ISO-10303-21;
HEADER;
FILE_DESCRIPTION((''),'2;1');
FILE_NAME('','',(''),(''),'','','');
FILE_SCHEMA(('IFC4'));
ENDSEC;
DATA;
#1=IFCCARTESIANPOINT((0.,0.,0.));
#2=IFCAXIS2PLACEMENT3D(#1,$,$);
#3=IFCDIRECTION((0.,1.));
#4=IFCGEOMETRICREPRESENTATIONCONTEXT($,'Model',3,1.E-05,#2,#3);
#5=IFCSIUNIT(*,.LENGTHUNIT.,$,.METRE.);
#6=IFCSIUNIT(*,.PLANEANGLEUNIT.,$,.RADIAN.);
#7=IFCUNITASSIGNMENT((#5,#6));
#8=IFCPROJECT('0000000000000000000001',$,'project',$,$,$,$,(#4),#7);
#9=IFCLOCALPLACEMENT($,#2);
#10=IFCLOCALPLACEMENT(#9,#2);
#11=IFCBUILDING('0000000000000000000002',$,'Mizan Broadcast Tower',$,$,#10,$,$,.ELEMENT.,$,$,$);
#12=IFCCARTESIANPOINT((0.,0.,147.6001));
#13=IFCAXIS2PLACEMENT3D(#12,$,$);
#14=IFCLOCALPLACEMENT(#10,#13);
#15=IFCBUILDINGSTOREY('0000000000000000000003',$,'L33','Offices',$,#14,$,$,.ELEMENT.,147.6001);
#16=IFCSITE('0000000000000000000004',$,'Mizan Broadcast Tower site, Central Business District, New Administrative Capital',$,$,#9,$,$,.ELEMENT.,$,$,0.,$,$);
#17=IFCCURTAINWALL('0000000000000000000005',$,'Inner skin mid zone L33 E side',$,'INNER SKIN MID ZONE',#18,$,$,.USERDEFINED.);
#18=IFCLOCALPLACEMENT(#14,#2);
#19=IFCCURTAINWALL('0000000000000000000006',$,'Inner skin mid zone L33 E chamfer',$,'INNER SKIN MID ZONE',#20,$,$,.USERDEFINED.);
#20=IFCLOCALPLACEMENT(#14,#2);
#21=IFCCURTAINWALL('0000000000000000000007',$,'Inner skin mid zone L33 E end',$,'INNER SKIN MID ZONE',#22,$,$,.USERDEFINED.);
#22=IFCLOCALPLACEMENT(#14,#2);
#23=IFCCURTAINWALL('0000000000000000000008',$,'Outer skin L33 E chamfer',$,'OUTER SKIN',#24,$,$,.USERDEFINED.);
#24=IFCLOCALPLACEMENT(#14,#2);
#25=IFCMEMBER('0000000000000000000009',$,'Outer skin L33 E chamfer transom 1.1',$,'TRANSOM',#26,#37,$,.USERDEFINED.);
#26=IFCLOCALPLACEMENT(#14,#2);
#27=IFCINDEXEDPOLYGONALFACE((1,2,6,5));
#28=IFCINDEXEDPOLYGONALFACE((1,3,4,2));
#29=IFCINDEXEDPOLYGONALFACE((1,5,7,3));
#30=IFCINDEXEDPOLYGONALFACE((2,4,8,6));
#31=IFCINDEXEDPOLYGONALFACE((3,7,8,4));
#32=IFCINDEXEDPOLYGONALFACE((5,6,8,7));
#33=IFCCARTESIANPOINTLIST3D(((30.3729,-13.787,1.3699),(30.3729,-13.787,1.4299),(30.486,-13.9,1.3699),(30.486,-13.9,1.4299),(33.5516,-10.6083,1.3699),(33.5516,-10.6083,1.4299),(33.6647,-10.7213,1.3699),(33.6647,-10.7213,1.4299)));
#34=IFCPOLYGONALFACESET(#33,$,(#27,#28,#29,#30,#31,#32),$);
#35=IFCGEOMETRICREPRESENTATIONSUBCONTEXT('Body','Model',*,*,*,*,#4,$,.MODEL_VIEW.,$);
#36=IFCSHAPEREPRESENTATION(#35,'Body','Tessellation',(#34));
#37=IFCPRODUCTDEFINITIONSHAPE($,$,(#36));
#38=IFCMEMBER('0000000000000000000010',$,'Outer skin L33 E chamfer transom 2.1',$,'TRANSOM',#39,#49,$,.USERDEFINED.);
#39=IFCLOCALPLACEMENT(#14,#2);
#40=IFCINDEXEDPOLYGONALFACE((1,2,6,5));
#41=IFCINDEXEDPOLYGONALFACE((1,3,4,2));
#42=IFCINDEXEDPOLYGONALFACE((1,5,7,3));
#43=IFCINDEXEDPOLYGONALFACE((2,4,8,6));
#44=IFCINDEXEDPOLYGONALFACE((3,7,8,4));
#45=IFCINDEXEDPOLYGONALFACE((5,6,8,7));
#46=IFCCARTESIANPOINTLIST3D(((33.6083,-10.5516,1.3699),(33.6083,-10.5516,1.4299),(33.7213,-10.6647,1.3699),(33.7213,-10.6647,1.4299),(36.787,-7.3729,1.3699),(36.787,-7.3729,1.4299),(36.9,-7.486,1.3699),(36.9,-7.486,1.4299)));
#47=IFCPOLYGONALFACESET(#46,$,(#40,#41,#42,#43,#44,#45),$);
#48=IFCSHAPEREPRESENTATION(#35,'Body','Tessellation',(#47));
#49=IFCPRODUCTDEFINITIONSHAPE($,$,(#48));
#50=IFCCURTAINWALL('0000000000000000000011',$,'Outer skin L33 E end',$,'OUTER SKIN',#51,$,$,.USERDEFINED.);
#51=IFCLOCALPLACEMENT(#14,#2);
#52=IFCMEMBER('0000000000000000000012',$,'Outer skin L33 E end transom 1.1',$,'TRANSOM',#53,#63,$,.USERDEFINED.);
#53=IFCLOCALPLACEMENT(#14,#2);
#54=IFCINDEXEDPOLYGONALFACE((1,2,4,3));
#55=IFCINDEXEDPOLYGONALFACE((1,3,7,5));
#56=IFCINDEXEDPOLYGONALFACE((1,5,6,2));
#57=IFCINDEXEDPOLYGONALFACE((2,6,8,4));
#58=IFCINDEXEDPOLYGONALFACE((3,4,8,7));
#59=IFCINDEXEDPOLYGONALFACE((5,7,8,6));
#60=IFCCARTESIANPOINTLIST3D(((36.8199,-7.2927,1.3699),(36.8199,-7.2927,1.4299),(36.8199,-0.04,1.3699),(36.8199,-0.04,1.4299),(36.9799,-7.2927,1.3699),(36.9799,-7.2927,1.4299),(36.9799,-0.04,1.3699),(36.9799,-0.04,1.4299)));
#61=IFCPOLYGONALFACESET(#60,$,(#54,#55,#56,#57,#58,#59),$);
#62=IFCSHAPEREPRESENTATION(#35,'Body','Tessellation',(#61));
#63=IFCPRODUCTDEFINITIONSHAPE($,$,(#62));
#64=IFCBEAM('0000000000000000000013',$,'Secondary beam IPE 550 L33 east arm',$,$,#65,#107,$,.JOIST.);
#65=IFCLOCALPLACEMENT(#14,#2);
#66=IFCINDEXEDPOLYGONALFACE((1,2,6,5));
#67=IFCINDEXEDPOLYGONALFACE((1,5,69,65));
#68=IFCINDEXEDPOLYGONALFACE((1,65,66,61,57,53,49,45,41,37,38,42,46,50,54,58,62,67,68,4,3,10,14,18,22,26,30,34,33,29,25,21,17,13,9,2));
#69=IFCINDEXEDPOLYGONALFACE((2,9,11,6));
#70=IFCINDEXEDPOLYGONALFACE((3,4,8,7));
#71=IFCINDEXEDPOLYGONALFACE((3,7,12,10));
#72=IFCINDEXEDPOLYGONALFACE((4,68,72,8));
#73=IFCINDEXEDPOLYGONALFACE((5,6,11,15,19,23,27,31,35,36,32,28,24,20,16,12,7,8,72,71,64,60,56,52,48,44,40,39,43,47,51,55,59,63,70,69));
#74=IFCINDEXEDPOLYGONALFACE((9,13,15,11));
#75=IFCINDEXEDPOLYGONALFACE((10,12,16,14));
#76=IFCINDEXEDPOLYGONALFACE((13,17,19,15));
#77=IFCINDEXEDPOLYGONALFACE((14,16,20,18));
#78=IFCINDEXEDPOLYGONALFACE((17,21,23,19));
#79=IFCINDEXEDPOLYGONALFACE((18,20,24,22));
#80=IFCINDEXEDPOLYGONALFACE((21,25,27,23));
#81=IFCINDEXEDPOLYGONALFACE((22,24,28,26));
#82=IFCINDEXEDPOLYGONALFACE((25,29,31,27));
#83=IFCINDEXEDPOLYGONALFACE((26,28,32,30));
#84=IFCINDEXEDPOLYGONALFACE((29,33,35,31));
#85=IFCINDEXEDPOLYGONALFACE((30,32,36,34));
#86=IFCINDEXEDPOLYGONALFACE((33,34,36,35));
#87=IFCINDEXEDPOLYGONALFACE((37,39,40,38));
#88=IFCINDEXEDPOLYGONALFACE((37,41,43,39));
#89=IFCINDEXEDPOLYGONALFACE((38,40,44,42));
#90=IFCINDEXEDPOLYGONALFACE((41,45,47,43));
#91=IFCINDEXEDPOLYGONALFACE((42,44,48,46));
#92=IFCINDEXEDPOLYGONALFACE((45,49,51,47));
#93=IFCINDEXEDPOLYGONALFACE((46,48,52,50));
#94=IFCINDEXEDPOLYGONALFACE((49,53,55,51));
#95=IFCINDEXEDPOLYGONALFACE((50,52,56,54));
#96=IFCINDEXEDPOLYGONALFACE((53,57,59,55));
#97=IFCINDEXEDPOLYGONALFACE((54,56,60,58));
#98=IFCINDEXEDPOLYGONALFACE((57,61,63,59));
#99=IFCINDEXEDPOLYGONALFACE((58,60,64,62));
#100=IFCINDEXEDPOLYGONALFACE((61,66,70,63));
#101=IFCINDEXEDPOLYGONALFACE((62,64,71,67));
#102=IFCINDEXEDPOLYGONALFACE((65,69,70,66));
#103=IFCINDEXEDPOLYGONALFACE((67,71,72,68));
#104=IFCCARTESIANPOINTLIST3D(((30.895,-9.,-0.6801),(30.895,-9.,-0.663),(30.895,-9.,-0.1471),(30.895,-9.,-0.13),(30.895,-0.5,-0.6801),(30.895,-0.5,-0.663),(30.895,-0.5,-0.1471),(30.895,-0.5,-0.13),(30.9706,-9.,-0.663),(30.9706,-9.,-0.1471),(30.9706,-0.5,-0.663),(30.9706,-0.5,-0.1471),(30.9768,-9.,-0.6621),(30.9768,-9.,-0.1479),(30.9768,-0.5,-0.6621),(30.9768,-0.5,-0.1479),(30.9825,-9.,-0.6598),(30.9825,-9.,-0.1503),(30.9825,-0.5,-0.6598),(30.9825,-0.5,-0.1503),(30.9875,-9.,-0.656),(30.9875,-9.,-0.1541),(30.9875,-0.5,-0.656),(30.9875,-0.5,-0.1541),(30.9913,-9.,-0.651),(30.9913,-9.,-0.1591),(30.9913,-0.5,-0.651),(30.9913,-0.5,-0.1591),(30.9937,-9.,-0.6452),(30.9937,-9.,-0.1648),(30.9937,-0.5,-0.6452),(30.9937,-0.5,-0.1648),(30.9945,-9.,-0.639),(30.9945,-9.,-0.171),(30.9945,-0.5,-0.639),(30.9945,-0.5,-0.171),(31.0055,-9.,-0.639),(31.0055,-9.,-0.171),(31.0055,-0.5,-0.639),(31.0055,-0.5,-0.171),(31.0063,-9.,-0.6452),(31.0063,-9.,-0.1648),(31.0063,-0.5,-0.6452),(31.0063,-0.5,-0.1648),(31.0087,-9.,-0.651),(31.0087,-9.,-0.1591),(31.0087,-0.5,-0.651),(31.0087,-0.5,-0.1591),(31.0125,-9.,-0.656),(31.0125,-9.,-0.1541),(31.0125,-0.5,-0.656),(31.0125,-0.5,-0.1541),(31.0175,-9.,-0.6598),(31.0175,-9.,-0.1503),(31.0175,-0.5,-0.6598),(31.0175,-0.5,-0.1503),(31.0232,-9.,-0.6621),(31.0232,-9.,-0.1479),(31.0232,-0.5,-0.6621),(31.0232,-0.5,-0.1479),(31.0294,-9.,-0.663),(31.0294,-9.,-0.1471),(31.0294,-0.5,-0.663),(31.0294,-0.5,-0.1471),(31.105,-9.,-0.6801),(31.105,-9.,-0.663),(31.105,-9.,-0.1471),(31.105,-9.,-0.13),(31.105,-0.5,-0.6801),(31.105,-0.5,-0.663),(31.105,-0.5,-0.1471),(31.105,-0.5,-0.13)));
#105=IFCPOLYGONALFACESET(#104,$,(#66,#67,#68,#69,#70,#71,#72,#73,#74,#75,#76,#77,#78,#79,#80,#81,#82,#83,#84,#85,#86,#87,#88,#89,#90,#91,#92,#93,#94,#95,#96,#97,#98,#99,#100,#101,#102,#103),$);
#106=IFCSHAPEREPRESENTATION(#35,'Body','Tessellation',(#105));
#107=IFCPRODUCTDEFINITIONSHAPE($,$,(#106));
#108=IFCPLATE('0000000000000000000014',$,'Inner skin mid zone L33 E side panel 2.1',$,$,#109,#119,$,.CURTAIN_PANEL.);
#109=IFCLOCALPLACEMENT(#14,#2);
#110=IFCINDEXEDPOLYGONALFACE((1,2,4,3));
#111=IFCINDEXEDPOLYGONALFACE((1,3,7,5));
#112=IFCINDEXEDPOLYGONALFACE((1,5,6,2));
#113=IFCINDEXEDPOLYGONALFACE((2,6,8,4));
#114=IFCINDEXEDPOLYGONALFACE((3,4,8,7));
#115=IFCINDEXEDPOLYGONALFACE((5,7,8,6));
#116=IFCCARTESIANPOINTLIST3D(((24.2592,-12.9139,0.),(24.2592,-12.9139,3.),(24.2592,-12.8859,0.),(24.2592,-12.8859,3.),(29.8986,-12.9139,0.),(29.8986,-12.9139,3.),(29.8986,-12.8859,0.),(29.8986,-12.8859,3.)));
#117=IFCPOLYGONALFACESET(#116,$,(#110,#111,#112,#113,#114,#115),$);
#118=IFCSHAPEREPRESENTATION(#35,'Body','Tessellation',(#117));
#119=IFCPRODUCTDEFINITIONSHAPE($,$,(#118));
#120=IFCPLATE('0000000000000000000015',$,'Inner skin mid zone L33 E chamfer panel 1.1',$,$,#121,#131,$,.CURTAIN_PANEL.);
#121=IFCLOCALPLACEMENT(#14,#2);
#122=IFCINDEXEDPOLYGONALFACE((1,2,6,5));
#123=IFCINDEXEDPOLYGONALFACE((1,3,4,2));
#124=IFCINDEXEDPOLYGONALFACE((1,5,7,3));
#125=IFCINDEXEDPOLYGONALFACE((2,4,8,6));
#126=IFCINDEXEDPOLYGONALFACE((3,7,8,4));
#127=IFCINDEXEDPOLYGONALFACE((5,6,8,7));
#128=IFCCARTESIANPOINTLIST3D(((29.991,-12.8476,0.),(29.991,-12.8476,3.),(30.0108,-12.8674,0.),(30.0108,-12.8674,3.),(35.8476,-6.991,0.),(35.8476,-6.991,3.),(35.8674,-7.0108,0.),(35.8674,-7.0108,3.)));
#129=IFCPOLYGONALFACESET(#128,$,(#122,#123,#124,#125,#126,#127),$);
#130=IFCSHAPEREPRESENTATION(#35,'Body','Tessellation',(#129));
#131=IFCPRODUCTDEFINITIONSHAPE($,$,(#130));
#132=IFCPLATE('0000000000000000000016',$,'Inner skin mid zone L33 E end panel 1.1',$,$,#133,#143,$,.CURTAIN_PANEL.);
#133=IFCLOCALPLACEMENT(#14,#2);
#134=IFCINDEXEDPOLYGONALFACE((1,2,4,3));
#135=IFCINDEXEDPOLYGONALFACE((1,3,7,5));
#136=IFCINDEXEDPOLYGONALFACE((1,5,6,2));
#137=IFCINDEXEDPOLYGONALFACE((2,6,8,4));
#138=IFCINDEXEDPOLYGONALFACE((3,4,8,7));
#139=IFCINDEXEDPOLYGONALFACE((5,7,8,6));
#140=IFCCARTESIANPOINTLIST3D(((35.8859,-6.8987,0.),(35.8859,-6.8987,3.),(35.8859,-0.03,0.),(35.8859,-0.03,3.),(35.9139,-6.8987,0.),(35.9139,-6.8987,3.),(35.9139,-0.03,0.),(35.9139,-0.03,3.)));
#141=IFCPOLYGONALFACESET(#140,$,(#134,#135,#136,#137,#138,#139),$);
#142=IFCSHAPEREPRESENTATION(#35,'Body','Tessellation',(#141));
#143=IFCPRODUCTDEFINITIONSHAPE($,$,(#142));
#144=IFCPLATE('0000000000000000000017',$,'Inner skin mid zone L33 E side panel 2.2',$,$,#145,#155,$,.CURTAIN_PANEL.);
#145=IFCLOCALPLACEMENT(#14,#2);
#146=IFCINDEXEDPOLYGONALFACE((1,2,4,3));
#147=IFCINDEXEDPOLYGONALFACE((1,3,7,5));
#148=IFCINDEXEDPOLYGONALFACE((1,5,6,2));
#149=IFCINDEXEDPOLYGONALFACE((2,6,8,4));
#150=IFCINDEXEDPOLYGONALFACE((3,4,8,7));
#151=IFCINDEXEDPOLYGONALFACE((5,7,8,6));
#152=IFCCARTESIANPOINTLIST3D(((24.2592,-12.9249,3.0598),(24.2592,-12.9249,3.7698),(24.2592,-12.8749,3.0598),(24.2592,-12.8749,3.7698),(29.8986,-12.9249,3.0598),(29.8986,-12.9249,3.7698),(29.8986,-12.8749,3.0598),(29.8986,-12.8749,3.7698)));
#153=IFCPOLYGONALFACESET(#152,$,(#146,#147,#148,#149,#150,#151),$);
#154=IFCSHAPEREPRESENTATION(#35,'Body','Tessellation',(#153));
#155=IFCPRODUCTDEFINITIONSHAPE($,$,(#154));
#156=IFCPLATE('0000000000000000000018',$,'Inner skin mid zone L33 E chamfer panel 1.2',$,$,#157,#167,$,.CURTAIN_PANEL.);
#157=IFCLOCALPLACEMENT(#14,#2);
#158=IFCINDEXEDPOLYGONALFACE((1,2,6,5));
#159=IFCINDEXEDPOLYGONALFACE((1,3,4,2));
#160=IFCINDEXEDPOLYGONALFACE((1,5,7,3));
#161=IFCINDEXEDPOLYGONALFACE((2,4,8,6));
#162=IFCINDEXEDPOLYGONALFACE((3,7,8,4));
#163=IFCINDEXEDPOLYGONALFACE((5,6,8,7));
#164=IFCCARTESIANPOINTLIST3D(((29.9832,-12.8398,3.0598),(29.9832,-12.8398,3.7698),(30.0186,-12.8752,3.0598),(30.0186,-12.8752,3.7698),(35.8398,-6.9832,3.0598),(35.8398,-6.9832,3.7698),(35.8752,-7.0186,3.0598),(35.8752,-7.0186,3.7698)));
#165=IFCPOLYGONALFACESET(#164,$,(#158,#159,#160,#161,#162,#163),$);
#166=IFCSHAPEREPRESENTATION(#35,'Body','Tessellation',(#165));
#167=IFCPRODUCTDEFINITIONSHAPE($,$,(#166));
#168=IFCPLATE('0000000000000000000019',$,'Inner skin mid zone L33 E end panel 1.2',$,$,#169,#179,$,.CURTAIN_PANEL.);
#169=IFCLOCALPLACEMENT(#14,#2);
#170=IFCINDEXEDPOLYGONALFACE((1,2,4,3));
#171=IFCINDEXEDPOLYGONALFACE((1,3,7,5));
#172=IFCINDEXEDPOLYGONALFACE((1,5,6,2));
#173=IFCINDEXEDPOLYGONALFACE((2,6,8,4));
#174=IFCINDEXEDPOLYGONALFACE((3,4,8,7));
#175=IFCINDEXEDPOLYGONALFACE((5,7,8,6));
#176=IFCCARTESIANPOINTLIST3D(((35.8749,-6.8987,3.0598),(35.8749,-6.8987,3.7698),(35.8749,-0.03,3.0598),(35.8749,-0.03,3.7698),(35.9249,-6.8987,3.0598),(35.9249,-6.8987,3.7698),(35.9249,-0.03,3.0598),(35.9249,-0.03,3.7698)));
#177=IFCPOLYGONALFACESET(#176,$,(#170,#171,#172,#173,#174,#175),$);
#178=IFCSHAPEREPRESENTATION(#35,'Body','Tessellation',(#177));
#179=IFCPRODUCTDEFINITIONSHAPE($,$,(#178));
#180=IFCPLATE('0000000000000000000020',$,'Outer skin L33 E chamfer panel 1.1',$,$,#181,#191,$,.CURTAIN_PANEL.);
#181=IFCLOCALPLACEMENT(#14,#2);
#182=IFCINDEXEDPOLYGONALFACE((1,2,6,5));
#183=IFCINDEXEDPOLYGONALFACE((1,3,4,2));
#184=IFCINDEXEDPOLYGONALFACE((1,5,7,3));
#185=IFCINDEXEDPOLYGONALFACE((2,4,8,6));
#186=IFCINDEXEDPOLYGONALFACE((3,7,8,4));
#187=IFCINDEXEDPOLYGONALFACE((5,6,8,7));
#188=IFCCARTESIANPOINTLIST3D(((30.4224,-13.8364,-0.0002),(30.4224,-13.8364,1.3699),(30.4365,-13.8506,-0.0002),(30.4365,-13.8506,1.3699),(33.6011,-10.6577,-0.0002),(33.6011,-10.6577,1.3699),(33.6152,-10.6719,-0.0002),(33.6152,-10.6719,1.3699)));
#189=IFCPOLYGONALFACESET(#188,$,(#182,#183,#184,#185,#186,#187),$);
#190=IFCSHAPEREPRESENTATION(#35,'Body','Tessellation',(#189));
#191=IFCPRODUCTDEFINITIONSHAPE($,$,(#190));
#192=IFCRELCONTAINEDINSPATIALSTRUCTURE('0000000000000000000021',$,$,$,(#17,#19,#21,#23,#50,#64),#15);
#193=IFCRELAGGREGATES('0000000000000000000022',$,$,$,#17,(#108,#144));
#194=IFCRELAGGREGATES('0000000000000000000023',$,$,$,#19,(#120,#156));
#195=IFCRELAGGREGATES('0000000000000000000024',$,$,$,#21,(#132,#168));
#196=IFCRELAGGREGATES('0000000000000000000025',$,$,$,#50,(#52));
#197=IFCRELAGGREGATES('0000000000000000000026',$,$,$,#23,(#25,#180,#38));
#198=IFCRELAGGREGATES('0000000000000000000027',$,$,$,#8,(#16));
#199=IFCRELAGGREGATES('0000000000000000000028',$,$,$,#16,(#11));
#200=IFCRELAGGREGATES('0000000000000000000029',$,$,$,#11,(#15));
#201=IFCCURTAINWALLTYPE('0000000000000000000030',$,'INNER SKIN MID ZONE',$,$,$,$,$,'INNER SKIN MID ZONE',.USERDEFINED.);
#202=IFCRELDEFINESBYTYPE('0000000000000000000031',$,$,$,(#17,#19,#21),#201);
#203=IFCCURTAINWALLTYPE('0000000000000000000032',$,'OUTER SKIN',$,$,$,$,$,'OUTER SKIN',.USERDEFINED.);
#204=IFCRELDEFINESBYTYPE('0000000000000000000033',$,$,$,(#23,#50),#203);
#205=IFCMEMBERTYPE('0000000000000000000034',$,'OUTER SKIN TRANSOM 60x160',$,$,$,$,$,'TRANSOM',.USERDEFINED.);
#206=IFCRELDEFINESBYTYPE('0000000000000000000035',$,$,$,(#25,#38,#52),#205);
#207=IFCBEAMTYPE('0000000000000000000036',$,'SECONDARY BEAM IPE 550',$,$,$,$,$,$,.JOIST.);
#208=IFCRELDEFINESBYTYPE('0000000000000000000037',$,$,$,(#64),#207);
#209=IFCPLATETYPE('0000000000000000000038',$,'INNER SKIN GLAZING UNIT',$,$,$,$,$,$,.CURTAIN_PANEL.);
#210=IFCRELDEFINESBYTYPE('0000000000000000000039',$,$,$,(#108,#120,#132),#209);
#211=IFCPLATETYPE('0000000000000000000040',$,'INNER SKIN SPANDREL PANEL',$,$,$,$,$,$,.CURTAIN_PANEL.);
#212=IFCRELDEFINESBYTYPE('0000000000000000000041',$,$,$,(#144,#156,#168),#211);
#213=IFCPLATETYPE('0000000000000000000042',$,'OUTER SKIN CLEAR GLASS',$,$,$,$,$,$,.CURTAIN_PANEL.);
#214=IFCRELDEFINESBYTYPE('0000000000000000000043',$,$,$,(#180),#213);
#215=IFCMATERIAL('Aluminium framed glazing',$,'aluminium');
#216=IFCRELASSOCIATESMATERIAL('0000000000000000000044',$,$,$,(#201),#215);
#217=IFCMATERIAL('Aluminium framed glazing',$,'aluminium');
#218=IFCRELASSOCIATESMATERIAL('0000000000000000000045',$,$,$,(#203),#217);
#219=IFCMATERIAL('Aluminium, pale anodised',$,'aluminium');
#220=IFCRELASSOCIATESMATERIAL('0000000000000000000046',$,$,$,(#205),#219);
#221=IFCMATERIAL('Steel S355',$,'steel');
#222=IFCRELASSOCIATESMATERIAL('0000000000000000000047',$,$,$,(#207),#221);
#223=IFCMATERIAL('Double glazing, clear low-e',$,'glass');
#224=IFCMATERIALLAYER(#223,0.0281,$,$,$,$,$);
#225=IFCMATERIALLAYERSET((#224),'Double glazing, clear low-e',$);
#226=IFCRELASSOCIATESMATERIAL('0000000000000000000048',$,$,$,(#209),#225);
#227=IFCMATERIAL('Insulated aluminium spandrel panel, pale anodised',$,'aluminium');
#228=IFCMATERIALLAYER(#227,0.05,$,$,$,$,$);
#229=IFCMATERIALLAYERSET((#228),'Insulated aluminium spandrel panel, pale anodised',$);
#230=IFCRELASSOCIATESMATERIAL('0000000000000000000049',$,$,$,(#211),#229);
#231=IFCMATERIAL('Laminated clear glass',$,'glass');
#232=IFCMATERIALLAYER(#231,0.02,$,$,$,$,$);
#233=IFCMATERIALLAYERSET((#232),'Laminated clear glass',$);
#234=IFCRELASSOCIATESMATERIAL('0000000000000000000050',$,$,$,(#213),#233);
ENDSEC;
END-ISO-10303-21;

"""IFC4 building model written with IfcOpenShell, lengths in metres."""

from ifc_helpers import new_model, si_unit, direction, frame, origin, origin_2d, place, context, subcontext, project, spatial, rectangle, i_section, extrude, material, layer, layer_set, material_profile, profile_set, type_object, element, aggregate, save


model = new_model("IFC4")

# Units and contexts
model_context = context("Model", 3, precision=1e-05, world=origin(), true_north=direction((0.0, 1.0)))
body_context = subcontext(model_context, "Body", "Model", "MODEL_VIEW")
ifc_project = project(units=[si_unit("LENGTHUNIT", "METRE"), si_unit("PLANEANGLEUNIT", "RADIAN")], contexts=[model_context])

# Site, building, storey
site_placement = place(None, origin())
site = spatial("IfcSite", under=ifc_project, at=site_placement, Name="Mizan Broadcast Tower site, Central Business District, New Administrative Capital", CompositionType="ELEMENT", RefElevation=0.0)
building_placement = place(site_placement, origin())
building = spatial("IfcBuilding", under=site, at=building_placement, Name="Mizan Broadcast Tower", CompositionType="ELEMENT")
storey_placement = place(building_placement, frame((0.0, 0.0, 147.6001)))
storey = spatial("IfcBuildingStorey", under=building, at=storey_placement, Name="L33", Description="Offices", CompositionType="ELEMENT", Elevation=147.6001)

# Curtain wall
ifc_material_1 = material(Name="Aluminium framed glazing", Category="aluminium")
curtain_wall_type_1 = type_object("IfcCurtainWallType", Name="INNER SKIN MID ZONE", ElementType="INNER SKIN MID ZONE", PredefinedType="USERDEFINED", material=ifc_material_1)
curtain_wall_1_placement = place(storey_placement, origin())
curtain_wall_1 = element("IfcCurtainWall", 1, at=curtain_wall_1_placement, inside=storey, type_object=curtain_wall_type_1, Name="Inner skin mid zone L33 E side", ObjectType="INNER SKIN MID ZONE", PredefinedType="USERDEFINED")

# Curtain wall
curtain_wall_2_placement = place(storey_placement, origin())
curtain_wall_2 = element("IfcCurtainWall", 2, at=curtain_wall_2_placement, inside=storey, type_object=curtain_wall_type_1, Name="Inner skin mid zone L33 E chamfer", ObjectType="INNER SKIN MID ZONE", PredefinedType="USERDEFINED")

# Curtain wall
curtain_wall_3_placement = place(storey_placement, origin())
curtain_wall_3 = element("IfcCurtainWall", 3, at=curtain_wall_3_placement, inside=storey, type_object=curtain_wall_type_1, Name="Inner skin mid zone L33 E end", ObjectType="INNER SKIN MID ZONE", PredefinedType="USERDEFINED")

# Curtain wall
ifc_material_2 = material(Name="Aluminium framed glazing", Category="aluminium")
curtain_wall_type_2 = type_object("IfcCurtainWallType", Name="OUTER SKIN", ElementType="OUTER SKIN", PredefinedType="USERDEFINED", material=ifc_material_2)
curtain_wall_4_placement = place(storey_placement, origin())
curtain_wall_4 = element("IfcCurtainWall", 4, at=curtain_wall_4_placement, inside=storey, type_object=curtain_wall_type_2, Name="Outer skin L33 E chamfer", ObjectType="OUTER SKIN", PredefinedType="USERDEFINED")

# Members
ifc_material_3 = material(Name="Aluminium, pale anodised", Category="aluminium")
ifc_material_profile_1 = material_profile(ifc_material_3, rectangle(XDim=0.1599, YDim=0.0601, at=origin_2d()), Name="TRANSOM 160x60")
ifc_profile_set_1 = profile_set([ifc_material_profile_1], Name="Aluminium, pale anodised")
member_type_1 = type_object("IfcMemberType", Name="OUTER SKIN TRANSOM 60x160", ElementType="TRANSOM", PredefinedType="USERDEFINED", material=ifc_profile_set_1)
member_1_placement = place(storey_placement, frame((30.4294, -13.8435, 1.3999), z_axis=(0.707107, 0.707107, 0.0), x_axis=(-0.707107, 0.707107, 0.0)))
member_1 = element("IfcMember", 5, at=member_1_placement, type_object=member_type_1, Name="Outer skin L33 E chamfer transom 1.1", ObjectType="TRANSOM", PredefinedType="USERDEFINED", context=body_context, shape_type="SweptSolid", body=[
    extrude(rectangle(XDim=0.1599, YDim=0.0601, at=origin_2d()), origin(), (0.0, 0.0, 1.0), 4.4954),
])
member_2_placement = place(storey_placement, frame((33.6648, -10.6082, 1.3999), z_axis=(0.707107, 0.707107, 0.0), x_axis=(-0.707107, 0.707107, 0.0)))
member_2 = element("IfcMember", 6, at=member_2_placement, type_object=member_type_1, Name="Outer skin L33 E chamfer transom 2.1", ObjectType="TRANSOM", PredefinedType="USERDEFINED", context=body_context, shape_type="SweptSolid", body=[
    extrude(rectangle(XDim=0.1599, YDim=0.0601, at=origin_2d()), origin(), (0.0, 0.0, 1.0), 4.4954),
])

# Curtain wall, member
curtain_wall_5_placement = place(storey_placement, origin())
curtain_wall_5 = element("IfcCurtainWall", 7, at=curtain_wall_5_placement, inside=storey, type_object=curtain_wall_type_2, Name="Outer skin L33 E end", ObjectType="OUTER SKIN", PredefinedType="USERDEFINED")
member_3_placement = place(storey_placement, frame((36.8999, -7.2927, 1.3999), z_axis=(0.0, 1.0, 0.0), x_axis=(-1.0, 0.0, 0.0)))
member_3 = element("IfcMember", 8, at=member_3_placement, type_object=member_type_1, Name="Outer skin L33 E end transom 1.1", ObjectType="TRANSOM", PredefinedType="USERDEFINED", context=body_context, shape_type="SweptSolid", body=[
    extrude(rectangle(XDim=0.1599, YDim=0.0601, at=origin_2d()), origin(), (0.0, 0.0, 1.0), 7.2527),
])

# Beam
ifc_material_4 = material(Name="Steel S355", Category="steel")
ifc_material_profile_2 = material_profile(ifc_material_4, i_section(OverallWidth=0.21, OverallDepth=0.55, WebThickness=0.011, FlangeThickness=0.0171, FilletRadius=0.0239, at=origin_2d()), Name="IPE 550")
ifc_profile_set_2 = profile_set([ifc_material_profile_2], Name="Steel S355")
beam_type_1 = type_object("IfcBeamType", Name="SECONDARY BEAM IPE 550", PredefinedType="JOIST", material=ifc_profile_set_2)
beam_1_placement = place(storey_placement, frame((31.0, -9.0, -0.405), z_axis=(0.0, 1.0, 0.0), x_axis=(-1.0, 0.0, 0.0)))
element("IfcBeam", 9, at=beam_1_placement, inside=storey, type_object=beam_type_1, Name="Secondary beam IPE 550 L33 east arm", PredefinedType="JOIST", context=body_context, shape_type="SweptSolid", body=[
    extrude(i_section(OverallWidth=0.21, OverallDepth=0.55, WebThickness=0.011, FlangeThickness=0.0171, FilletRadius=0.0239, at=origin_2d()), origin(), (0.0, 0.0, 1.0), 8.5),
])

# Plates
ifc_material_5 = material(Name="Double glazing, clear low-e", Category="glass")
ifc_layer_1 = layer(ifc_material_5, 0.0281)
ifc_layer_set_1 = layer_set([ifc_layer_1], Name="Double glazing, clear low-e")
plate_type_1 = type_object("IfcPlateType", Name="INNER SKIN GLAZING UNIT", PredefinedType="CURTAIN_PANEL", material=ifc_layer_set_1)
plate_1_placement = place(storey_placement, frame((27.0789, -12.8999, 0.0), z_axis=(0.0, 0.0, 1.0), x_axis=(1.0, 0.0, 0.0)))
plate_1 = element("IfcPlate", 10, at=plate_1_placement, type_object=plate_type_1, Name="Inner skin mid zone L33 E side panel 2.1", PredefinedType="CURTAIN_PANEL", context=body_context, shape_type="SweptSolid", body=[
    extrude(rectangle(XDim=5.6394, YDim=0.0281, at=origin_2d()), origin(), (0.0, 0.0, 1.0), 3.0),
])
plate_2_placement = place(storey_placement, frame((32.9292, -9.9292, 0.0), z_axis=(0.0, 0.0, 1.0), x_axis=(0.707107, 0.707107, 0.0)))
plate_2 = element("IfcPlate", 11, at=plate_2_placement, type_object=plate_type_1, Name="Inner skin mid zone L33 E chamfer panel 1.1", PredefinedType="CURTAIN_PANEL", context=body_context, shape_type="SweptSolid", body=[
    extrude(rectangle(XDim=8.2825, YDim=0.0281, at=origin_2d()), origin(), (0.0, 0.0, 1.0), 3.0),
])
plate_3_placement = place(storey_placement, frame((35.8999, -3.4644, 0.0), z_axis=(0.0, 0.0, 1.0), x_axis=(0.0, 1.0, 0.0)))
plate_3 = element("IfcPlate", 12, at=plate_3_placement, type_object=plate_type_1, Name="Inner skin mid zone L33 E end panel 1.1", PredefinedType="CURTAIN_PANEL", context=body_context, shape_type="SweptSolid", body=[
    extrude(rectangle(XDim=6.8687, YDim=0.0281, at=origin_2d()), origin(), (0.0, 0.0, 1.0), 3.0),
])
ifc_material_6 = material(Name="Insulated aluminium spandrel panel, pale anodised", Category="aluminium")
ifc_layer_2 = layer(ifc_material_6, 0.05)
ifc_layer_set_2 = layer_set([ifc_layer_2], Name="Insulated aluminium spandrel panel, pale anodised")
plate_type_2 = type_object("IfcPlateType", Name="INNER SKIN SPANDREL PANEL", PredefinedType="CURTAIN_PANEL", material=ifc_layer_set_2)
plate_4_placement = place(storey_placement, frame((27.0789, -12.8999, 3.0598), z_axis=(0.0, 0.0, 1.0), x_axis=(1.0, 0.0, 0.0)))
plate_4 = element("IfcPlate", 13, at=plate_4_placement, type_object=plate_type_2, Name="Inner skin mid zone L33 E side panel 2.2", PredefinedType="CURTAIN_PANEL", context=body_context, shape_type="SweptSolid", body=[
    extrude(rectangle(XDim=5.6394, YDim=0.05, at=origin_2d()), origin(), (0.0, 0.0, 1.0), 0.71),
])
aggregate(curtain_wall_1, [plate_1, plate_4])
plate_5_placement = place(storey_placement, frame((32.9292, -9.9292, 3.0598), z_axis=(0.0, 0.0, 1.0), x_axis=(0.707107, 0.707107, 0.0)))
plate_5 = element("IfcPlate", 14, at=plate_5_placement, type_object=plate_type_2, Name="Inner skin mid zone L33 E chamfer panel 1.2", PredefinedType="CURTAIN_PANEL", context=body_context, shape_type="SweptSolid", body=[
    extrude(rectangle(XDim=8.2825, YDim=0.05, at=origin_2d()), origin(), (0.0, 0.0, 1.0), 0.71),
])
aggregate(curtain_wall_2, [plate_2, plate_5])
plate_6_placement = place(storey_placement, frame((35.8999, -3.4644, 3.0598), z_axis=(0.0, 0.0, 1.0), x_axis=(0.0, 1.0, 0.0)))
plate_6 = element("IfcPlate", 15, at=plate_6_placement, type_object=plate_type_2, Name="Inner skin mid zone L33 E end panel 1.2", PredefinedType="CURTAIN_PANEL", context=body_context, shape_type="SweptSolid", body=[
    extrude(rectangle(XDim=6.8687, YDim=0.05, at=origin_2d()), origin(), (0.0, 0.0, 1.0), 0.71),
])
aggregate(curtain_wall_3, [plate_3, plate_6])
ifc_material_7 = material(Name="Laminated clear glass", Category="glass")
ifc_layer_3 = layer(ifc_material_7, 0.02)
ifc_layer_set_3 = layer_set([ifc_layer_3], Name="Laminated clear glass")
plate_type_3 = type_object("IfcPlateType", Name="OUTER SKIN CLEAR GLASS", PredefinedType="CURTAIN_PANEL", material=ifc_layer_set_3)
plate_7_placement = place(storey_placement, frame((32.0188, -12.2542, -0.0002), z_axis=(0.0, 0.0, 1.0), x_axis=(0.707107, 0.707107, 0.0)))
plate_7 = element("IfcPlate", 16, at=plate_7_placement, type_object=plate_type_3, Name="Outer skin L33 E chamfer panel 1.1", PredefinedType="CURTAIN_PANEL", context=body_context, shape_type="SweptSolid", body=[
    extrude(rectangle(XDim=4.4954, YDim=0.02, at=origin_2d()), origin(), (0.0, 0.0, 1.0), 1.3701),
])
aggregate(curtain_wall_5, [member_3])
aggregate(curtain_wall_4, [member_1, plate_7, member_2])

save(model, "model.ifc")
